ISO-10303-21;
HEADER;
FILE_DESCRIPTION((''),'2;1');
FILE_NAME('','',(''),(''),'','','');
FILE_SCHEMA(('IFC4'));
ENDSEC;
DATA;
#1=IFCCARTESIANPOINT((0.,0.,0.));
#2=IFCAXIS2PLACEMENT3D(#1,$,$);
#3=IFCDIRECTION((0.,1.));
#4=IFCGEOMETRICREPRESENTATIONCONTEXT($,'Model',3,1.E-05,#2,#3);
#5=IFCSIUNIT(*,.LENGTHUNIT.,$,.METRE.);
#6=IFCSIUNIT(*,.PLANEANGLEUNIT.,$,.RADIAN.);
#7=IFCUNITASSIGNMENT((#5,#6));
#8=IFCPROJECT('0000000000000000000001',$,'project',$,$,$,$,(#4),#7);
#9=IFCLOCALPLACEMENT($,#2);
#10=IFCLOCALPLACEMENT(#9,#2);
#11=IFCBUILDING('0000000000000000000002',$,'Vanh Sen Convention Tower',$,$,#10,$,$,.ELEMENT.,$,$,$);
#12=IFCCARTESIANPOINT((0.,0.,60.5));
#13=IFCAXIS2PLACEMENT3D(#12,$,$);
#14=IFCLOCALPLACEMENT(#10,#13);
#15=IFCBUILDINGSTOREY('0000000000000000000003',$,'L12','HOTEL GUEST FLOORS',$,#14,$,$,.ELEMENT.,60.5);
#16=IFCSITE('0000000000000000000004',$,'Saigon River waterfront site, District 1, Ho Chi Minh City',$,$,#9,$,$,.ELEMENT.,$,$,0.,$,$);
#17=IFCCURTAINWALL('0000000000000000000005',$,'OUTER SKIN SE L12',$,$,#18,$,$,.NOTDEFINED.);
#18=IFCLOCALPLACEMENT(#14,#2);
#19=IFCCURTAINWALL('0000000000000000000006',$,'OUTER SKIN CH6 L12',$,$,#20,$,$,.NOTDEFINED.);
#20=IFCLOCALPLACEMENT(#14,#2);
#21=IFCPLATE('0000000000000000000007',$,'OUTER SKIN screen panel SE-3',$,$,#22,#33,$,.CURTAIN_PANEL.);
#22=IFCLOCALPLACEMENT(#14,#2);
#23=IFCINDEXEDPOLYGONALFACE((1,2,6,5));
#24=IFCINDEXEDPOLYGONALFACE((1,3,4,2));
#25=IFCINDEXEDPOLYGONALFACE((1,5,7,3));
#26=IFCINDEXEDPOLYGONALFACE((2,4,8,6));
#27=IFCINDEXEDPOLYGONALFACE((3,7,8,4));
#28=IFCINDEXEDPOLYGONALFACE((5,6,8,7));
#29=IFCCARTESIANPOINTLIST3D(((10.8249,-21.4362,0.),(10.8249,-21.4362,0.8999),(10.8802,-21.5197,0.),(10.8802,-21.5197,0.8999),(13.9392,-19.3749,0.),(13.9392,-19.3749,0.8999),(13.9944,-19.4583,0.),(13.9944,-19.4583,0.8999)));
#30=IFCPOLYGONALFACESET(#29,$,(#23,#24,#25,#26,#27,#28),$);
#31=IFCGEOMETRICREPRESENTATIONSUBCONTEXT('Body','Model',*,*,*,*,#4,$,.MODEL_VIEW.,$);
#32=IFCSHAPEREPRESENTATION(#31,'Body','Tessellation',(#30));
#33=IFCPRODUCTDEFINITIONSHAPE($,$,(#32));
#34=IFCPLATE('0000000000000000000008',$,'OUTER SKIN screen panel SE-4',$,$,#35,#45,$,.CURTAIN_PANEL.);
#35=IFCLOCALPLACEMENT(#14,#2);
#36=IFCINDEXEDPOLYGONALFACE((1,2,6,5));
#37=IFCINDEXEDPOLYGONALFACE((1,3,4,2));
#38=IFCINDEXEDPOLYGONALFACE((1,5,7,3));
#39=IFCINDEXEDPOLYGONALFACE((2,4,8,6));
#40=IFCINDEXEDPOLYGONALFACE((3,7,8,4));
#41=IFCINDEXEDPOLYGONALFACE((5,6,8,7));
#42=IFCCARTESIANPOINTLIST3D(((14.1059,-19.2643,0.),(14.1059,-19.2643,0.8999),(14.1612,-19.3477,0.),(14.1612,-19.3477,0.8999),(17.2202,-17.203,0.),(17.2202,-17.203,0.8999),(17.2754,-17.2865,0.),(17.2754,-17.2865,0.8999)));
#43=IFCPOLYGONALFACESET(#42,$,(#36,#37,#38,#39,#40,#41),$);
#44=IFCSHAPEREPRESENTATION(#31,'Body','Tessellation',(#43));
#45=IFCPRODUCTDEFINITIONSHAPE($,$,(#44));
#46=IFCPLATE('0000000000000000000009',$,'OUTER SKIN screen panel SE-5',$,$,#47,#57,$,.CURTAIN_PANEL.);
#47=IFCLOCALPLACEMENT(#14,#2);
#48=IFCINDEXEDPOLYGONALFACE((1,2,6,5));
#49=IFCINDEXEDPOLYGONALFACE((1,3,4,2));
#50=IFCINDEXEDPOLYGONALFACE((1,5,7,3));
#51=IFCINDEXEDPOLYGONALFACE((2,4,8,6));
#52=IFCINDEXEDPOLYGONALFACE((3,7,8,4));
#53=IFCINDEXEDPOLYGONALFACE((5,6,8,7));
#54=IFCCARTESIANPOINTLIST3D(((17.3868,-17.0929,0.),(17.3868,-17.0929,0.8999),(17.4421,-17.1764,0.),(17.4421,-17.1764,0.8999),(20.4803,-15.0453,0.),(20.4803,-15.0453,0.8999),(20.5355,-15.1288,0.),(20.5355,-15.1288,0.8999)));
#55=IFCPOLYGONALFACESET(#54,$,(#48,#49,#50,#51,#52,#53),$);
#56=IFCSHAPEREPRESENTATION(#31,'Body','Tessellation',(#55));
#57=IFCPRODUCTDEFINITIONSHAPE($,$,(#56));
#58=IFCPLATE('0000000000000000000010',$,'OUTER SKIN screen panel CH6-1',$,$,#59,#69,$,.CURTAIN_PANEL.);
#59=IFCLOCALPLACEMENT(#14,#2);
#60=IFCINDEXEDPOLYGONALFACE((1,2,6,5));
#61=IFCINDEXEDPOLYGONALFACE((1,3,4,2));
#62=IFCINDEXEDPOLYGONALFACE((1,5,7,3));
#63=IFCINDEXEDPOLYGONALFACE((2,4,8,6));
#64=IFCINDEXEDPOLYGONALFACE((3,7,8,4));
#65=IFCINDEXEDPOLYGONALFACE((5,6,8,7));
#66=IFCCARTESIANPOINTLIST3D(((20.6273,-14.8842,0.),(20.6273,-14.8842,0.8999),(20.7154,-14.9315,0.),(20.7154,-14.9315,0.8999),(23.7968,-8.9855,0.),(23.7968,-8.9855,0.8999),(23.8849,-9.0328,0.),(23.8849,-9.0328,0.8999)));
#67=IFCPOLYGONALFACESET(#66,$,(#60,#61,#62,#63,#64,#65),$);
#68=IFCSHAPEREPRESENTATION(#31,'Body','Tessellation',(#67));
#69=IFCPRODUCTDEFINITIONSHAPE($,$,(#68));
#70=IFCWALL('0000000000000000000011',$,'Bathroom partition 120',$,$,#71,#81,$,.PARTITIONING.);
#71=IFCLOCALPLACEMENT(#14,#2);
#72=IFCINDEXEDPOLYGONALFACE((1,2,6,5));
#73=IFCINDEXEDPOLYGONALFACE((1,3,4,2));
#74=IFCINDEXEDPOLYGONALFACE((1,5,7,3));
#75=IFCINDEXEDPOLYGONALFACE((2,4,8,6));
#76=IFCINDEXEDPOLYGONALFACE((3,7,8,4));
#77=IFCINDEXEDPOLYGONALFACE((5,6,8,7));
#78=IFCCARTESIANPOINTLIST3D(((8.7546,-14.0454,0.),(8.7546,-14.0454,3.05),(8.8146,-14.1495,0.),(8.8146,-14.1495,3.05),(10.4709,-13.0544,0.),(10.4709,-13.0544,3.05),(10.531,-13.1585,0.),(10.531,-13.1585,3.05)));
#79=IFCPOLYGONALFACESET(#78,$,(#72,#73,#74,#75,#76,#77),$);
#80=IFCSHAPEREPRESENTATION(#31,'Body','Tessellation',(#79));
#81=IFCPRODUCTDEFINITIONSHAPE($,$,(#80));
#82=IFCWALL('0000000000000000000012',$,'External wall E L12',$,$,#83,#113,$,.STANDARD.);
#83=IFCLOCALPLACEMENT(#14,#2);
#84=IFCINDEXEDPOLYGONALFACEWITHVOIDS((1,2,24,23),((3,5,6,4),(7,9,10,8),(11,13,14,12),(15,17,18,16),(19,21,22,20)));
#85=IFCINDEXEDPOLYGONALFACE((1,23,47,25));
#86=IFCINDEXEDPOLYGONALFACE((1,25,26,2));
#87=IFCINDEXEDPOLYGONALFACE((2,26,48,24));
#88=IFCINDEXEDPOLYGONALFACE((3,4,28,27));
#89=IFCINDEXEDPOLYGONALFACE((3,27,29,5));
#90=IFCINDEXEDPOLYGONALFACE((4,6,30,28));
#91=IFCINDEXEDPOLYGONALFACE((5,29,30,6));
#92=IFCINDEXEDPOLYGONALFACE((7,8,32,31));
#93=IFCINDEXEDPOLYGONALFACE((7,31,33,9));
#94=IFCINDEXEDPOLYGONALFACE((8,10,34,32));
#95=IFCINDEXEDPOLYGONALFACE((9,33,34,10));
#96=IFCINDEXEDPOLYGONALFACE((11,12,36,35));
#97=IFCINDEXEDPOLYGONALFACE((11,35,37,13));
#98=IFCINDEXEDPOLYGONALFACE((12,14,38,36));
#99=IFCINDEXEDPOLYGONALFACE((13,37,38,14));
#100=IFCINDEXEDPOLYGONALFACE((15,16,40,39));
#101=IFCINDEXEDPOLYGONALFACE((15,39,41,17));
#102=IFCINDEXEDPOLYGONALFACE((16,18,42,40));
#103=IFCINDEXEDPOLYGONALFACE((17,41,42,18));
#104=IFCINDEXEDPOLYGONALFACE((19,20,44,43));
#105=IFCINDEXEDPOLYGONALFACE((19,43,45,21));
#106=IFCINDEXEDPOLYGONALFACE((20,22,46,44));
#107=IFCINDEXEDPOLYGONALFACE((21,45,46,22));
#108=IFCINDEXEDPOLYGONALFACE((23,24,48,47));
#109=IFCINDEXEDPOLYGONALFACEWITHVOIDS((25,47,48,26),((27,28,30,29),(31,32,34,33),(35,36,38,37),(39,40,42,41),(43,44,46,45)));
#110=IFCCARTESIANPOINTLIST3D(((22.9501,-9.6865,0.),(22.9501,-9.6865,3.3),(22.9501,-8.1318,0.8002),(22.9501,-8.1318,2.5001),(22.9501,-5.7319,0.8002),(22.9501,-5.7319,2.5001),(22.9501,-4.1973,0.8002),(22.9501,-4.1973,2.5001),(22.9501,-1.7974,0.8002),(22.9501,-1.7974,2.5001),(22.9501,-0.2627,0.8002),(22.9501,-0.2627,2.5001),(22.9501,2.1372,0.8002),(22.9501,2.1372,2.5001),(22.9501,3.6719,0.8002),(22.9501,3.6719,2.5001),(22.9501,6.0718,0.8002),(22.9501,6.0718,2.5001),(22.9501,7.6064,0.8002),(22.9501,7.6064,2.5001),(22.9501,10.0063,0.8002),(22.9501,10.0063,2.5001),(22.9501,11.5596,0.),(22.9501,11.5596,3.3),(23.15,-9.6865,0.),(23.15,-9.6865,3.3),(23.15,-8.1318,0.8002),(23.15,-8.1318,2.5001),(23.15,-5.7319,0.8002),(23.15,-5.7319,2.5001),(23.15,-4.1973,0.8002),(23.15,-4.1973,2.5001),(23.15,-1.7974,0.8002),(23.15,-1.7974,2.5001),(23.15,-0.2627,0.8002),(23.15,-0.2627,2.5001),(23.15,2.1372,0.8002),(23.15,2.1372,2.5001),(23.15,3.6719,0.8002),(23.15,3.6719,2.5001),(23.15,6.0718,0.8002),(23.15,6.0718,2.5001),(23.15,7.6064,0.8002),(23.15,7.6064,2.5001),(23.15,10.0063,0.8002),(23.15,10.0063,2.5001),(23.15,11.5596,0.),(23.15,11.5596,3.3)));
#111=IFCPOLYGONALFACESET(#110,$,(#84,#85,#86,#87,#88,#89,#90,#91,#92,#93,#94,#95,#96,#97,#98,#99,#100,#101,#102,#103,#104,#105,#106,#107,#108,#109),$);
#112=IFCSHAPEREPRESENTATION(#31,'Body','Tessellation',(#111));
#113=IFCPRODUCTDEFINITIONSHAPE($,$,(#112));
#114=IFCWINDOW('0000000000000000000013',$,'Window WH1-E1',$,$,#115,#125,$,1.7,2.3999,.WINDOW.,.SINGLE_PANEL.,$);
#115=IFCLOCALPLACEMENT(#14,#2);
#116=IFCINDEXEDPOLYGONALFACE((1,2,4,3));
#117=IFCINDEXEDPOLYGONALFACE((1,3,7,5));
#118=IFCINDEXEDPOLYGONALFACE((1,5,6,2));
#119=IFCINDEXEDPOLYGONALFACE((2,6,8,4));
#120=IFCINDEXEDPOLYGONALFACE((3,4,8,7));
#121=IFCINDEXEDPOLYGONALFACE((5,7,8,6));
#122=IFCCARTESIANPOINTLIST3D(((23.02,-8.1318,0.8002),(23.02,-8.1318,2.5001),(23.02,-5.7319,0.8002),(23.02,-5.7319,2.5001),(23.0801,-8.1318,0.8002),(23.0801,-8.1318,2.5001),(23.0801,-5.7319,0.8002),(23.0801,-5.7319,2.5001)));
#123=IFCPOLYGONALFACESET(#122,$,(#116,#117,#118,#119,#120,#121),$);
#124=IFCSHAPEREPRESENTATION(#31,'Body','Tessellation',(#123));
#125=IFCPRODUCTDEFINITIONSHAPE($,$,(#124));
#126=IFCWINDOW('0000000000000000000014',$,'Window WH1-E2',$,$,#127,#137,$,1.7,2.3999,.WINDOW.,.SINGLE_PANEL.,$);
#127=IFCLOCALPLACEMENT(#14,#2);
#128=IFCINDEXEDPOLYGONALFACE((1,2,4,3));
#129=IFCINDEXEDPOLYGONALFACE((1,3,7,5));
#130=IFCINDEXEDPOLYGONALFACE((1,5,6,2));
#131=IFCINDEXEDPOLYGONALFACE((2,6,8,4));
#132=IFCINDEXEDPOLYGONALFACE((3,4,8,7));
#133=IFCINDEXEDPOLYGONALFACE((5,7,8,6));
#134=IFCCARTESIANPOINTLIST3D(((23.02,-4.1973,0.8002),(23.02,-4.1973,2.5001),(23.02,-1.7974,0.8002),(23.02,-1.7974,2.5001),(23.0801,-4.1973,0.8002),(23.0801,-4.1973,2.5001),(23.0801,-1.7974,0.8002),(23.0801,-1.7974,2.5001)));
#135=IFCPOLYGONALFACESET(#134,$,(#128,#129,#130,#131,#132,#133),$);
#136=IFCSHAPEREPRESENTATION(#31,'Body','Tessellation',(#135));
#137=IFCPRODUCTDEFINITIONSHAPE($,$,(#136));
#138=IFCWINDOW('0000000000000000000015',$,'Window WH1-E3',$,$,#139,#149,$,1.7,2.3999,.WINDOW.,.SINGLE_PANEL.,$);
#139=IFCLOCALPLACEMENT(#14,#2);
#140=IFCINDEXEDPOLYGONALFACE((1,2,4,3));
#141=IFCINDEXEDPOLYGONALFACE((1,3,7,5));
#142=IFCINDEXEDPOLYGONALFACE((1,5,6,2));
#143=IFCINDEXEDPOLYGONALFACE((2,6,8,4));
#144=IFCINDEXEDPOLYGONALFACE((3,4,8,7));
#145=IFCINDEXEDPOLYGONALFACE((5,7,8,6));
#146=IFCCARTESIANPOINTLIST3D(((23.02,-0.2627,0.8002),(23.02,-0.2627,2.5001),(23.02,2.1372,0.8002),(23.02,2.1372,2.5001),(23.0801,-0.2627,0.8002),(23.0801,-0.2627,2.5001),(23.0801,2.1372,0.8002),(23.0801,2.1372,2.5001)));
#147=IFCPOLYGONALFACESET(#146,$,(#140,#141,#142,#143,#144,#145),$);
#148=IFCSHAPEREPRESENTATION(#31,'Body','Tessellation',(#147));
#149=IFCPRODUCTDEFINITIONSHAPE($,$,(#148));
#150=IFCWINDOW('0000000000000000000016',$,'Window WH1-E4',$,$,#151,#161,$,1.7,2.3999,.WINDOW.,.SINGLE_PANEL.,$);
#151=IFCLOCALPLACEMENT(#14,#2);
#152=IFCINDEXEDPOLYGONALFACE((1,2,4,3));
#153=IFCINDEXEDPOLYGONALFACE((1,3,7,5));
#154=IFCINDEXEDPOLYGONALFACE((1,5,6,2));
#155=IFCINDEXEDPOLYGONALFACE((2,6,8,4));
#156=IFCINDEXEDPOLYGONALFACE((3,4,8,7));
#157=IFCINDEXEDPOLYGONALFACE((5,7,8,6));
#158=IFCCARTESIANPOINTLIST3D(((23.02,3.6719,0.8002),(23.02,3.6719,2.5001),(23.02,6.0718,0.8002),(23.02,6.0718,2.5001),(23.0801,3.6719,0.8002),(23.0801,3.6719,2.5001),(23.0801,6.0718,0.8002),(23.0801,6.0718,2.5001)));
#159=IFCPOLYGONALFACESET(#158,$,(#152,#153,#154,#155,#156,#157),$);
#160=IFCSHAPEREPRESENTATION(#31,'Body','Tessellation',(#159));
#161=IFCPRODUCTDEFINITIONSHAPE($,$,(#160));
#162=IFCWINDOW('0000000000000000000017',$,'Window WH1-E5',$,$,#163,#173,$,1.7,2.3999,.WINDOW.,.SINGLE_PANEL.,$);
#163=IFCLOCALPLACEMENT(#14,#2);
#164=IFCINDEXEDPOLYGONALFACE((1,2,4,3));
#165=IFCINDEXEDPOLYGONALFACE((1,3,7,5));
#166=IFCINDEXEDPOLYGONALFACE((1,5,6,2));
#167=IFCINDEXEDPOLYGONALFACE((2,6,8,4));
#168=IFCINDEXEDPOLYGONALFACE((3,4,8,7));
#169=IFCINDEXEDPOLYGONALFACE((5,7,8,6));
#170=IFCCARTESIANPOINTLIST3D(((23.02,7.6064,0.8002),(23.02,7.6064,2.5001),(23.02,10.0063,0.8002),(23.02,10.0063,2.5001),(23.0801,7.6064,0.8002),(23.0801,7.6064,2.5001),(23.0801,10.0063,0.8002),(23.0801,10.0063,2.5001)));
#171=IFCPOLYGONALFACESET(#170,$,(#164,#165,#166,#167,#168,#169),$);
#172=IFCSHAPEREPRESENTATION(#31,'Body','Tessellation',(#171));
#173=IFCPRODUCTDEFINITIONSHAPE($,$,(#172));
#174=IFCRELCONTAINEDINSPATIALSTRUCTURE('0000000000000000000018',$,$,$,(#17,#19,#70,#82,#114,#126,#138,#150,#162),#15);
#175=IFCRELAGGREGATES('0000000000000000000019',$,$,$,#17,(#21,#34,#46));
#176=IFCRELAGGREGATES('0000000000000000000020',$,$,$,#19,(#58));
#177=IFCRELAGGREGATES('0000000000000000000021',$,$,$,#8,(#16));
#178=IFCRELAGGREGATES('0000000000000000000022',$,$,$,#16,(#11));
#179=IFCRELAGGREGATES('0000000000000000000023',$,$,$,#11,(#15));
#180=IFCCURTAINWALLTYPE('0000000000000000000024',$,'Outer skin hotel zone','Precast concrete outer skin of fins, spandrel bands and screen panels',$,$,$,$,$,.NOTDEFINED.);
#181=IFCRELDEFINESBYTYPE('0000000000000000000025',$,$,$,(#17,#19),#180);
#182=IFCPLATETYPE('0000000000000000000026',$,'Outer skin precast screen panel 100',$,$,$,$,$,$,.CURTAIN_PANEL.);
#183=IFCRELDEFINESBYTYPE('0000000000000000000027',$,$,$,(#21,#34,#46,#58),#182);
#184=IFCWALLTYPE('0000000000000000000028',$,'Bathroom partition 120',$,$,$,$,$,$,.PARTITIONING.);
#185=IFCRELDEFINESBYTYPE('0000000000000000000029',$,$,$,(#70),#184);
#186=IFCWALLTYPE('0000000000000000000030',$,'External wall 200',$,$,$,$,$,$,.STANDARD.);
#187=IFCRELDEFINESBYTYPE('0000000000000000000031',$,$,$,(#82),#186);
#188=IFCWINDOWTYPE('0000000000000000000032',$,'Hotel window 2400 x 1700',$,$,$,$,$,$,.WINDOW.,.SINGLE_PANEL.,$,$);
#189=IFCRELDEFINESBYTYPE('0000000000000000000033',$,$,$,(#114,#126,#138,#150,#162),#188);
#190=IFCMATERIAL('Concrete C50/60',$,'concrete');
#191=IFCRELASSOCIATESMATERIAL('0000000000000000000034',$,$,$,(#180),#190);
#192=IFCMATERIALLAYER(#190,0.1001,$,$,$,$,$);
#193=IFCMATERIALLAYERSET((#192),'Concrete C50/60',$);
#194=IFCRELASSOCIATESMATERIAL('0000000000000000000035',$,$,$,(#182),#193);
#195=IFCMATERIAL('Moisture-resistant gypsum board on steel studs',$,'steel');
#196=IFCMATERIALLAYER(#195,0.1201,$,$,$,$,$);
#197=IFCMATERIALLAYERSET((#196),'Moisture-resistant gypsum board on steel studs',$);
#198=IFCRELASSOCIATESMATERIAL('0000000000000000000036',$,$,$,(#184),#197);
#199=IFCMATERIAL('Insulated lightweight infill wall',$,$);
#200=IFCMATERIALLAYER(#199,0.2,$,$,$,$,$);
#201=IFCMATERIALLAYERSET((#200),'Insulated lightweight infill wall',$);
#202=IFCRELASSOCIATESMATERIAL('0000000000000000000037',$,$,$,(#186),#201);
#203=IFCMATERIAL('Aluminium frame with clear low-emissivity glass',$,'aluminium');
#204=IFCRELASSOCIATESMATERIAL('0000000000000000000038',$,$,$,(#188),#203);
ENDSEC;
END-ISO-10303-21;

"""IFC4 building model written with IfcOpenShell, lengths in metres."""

from ifc_helpers import new_model, si_unit, direction, frame, frame_2d, origin, origin_2d, place, context, subcontext, project, spatial, rectangle, extrude, material, layer, layer_set, type_object, element, fill, aggregate, save


model = new_model("IFC4")

# Units and contexts
model_context = context("Model", 3, precision=1e-05, world=origin(), true_north=direction((0.0, 1.0)))
body_context = subcontext(model_context, "Body", "Model", "MODEL_VIEW")
ifc_project = project(units=[si_unit("LENGTHUNIT", "METRE"), si_unit("PLANEANGLEUNIT", "RADIAN")], contexts=[model_context])

# Site, building, storey
site_placement = place(None, origin())
site = spatial("IfcSite", under=ifc_project, at=site_placement, Name="Saigon River waterfront site, District 1, Ho Chi Minh City", CompositionType="ELEMENT", RefElevation=0.0)
building_placement = place(site_placement, origin())
building = spatial("IfcBuilding", under=site, at=building_placement, Name="Vanh Sen Convention Tower", CompositionType="ELEMENT")
storey_placement = place(building_placement, frame((0.0, 0.0, 60.5)))
storey = spatial("IfcBuildingStorey", under=building, at=storey_placement, Name="L12", Description="HOTEL GUEST FLOORS", CompositionType="ELEMENT", Elevation=60.5)

# Curtain wall
ifc_material_1 = material(Name="Concrete C50/60", Category="concrete")
curtain_wall_type = type_object("IfcCurtainWallType", Name="Outer skin hotel zone", Description="Precast concrete outer skin of fins, spandrel bands and screen panels", PredefinedType="NOTDEFINED", material=ifc_material_1)
curtain_wall_1_placement = place(storey_placement, origin())
curtain_wall_1 = element("IfcCurtainWall", 1, at=curtain_wall_1_placement, inside=storey, type_object=curtain_wall_type, Name="OUTER SKIN SE L12", PredefinedType="NOTDEFINED")

# Curtain wall
curtain_wall_2_placement = place(storey_placement, origin())
curtain_wall_2 = element("IfcCurtainWall", 2, at=curtain_wall_2_placement, inside=storey, type_object=curtain_wall_type, Name="OUTER SKIN CH6 L12", PredefinedType="NOTDEFINED")

# Plates
ifc_layer_1 = layer(ifc_material_1, 0.1001)
ifc_layer_set_1 = layer_set([ifc_layer_1], Name="Concrete C50/60")
plate_type = type_object("IfcPlateType", Name="Outer skin precast screen panel 100", PredefinedType="CURTAIN_PANEL", material=ifc_layer_set_1)
plate_1_placement = place(storey_placement, frame((12.4097, -20.4473, 0.0), z_axis=(0.0, 0.0, 1.0), x_axis=(0.83388, 0.551946, 0.0)))
plate_1 = element("IfcPlate", 3, at=plate_1_placement, type_object=plate_type, Name="OUTER SKIN screen panel SE-3", PredefinedType="CURTAIN_PANEL", context=body_context, shape_type="SweptSolid", body=[
    extrude(rectangle(XDim=3.7346, YDim=0.1001, at=origin_2d()), origin(), (0.0, 0.0, 1.0), 0.8999),
])
plate_2_placement = place(storey_placement, frame((15.6907, -18.2754, 0.0), z_axis=(0.0, 0.0, 1.0), x_axis=(0.833892, 0.551928, 0.0)))
plate_2 = element("IfcPlate", 4, at=plate_2_placement, type_object=plate_type, Name="OUTER SKIN screen panel SE-4", PredefinedType="CURTAIN_PANEL", context=body_context, shape_type="SweptSolid", body=[
    extrude(rectangle(XDim=3.7346, YDim=0.1001, at=origin_2d()), origin(), (0.0, 0.0, 1.0), 0.8999),
])
plate_3_placement = place(storey_placement, frame((18.9612, -16.1108, 0.0), z_axis=(0.0, 0.0, 1.0), x_axis=(0.83388, 0.551946, 0.0)))
plate_3 = element("IfcPlate", 5, at=plate_3_placement, type_object=plate_type, Name="OUTER SKIN screen panel SE-5", PredefinedType="CURTAIN_PANEL", context=body_context, shape_type="SweptSolid", body=[
    extrude(rectangle(XDim=3.7097, YDim=0.1001, at=origin_2d()), origin(), (0.0, 0.0, 1.0), 0.8999),
])
aggregate(curtain_wall_1, [plate_1, plate_2, plate_3])
plate_4_placement = place(storey_placement, frame((22.2561, -11.9585, 0.0), z_axis=(0.0, 0.0, 1.0), x_axis=(0.473323, 0.880889, 0.0)))
plate_4 = element("IfcPlate", 6, at=plate_4_placement, type_object=plate_type, Name="OUTER SKIN screen panel CH6-1", PredefinedType="CURTAIN_PANEL", context=body_context, shape_type="SweptSolid", body=[
    extrude(rectangle(XDim=6.6963, YDim=0.1001, at=origin_2d()), origin(), (0.0, 0.0, 1.0), 0.8999),
])
aggregate(curtain_wall_2, [plate_4])

# Wall
ifc_material_2 = material(Name="Moisture-resistant gypsum board on steel studs", Category="steel")
ifc_layer_2 = layer(ifc_material_2, 0.1201)
ifc_layer_set_2 = layer_set([ifc_layer_2], Name="Moisture-resistant gypsum board on steel studs")
wall_type_1 = type_object("IfcWallType", Name="Bathroom partition 120", PredefinedType="PARTITIONING", material=ifc_layer_set_2)
wall_1_placement = place(storey_placement, frame((10.501, -13.1064, 0.0), z_axis=(0.0, 0.0, 1.0), x_axis=(-0.866013, -0.500021, 0.0)))
element("IfcWall", 7, at=wall_1_placement, inside=storey, type_object=wall_type_1, Name="Bathroom partition 120", PredefinedType="PARTITIONING", context=body_context, shape_type="SweptSolid", body=[
    extrude(rectangle(XDim=1.9819, YDim=0.1201, at=frame_2d((0.991, 0.0))), origin(), (0.0, 0.0, 1.0), 3.05),
])

# Wall, openings, windows
ifc_material_3 = material(Name="Insulated lightweight infill wall")
ifc_layer_3 = layer(ifc_material_3, 0.2)
ifc_layer_set_3 = layer_set([ifc_layer_3], Name="Insulated lightweight infill wall")
wall_type_2 = type_object("IfcWallType", Name="External wall 200", PredefinedType="STANDARD", material=ifc_layer_set_3)
wall_2_placement = place(storey_placement, frame((23.05, -9.6865, 0.0), z_axis=(0.0, 0.0, 1.0), x_axis=(0.0, 1.0, 0.0)))
wall_2 = element("IfcWall", 8, at=wall_2_placement, inside=storey, type_object=wall_type_2, Name="External wall E L12", PredefinedType="STANDARD", context=body_context, shape_type="SweptSolid", body=[
    extrude(rectangle(XDim=21.2461, YDim=0.2, at=frame_2d((10.623, 0.0))), origin(), (0.0, 0.0, 1.0), 3.3),
])
opening_1_placement = place(wall_2_placement, frame((1.5547, 0.0, 0.8)))
opening_1 = element("IfcOpeningElement", 9, at=opening_1_placement, cuts=wall_2, PredefinedType="OPENING", context=body_context, shape_type="SweptSolid", body=[
    extrude(rectangle(XDim=2.3999, YDim=1.7, at=frame_2d((1.2, 0.8501))), frame((0.0, 0.1099, 0.0), z_axis=(0.0, -1.0, 0.0), x_axis=(1.0, 0.0, 0.0)), (0.0, 0.0, 1.0), 0.22),
])
opening_2_placement = place(wall_2_placement, frame((5.4893, 0.0, 0.8)))
opening_2 = element("IfcOpeningElement", 10, at=opening_2_placement, cuts=wall_2, PredefinedType="OPENING", context=body_context, shape_type="SweptSolid", body=[
    extrude(rectangle(XDim=2.3999, YDim=1.7, at=frame_2d((1.2, 0.8501))), frame((0.0, 0.1099, 0.0), z_axis=(0.0, -1.0, 0.0), x_axis=(1.0, 0.0, 0.0)), (0.0, 0.0, 1.0), 0.22),
])
opening_3_placement = place(wall_2_placement, frame((9.4238, 0.0, 0.8)))
opening_3 = element("IfcOpeningElement", 11, at=opening_3_placement, cuts=wall_2, PredefinedType="OPENING", context=body_context, shape_type="SweptSolid", body=[
    extrude(rectangle(XDim=2.3999, YDim=1.7, at=frame_2d((1.2, 0.8501))), frame((0.0, 0.1099, 0.0), z_axis=(0.0, -1.0, 0.0), x_axis=(1.0, 0.0, 0.0)), (0.0, 0.0, 1.0), 0.22),
])
opening_4_placement = place(wall_2_placement, frame((13.3584, 0.0, 0.8)))
opening_4 = element("IfcOpeningElement", 12, at=opening_4_placement, cuts=wall_2, PredefinedType="OPENING", context=body_context, shape_type="SweptSolid", body=[
    extrude(rectangle(XDim=2.3999, YDim=1.7, at=frame_2d((1.2, 0.8501))), frame((0.0, 0.1099, 0.0), z_axis=(0.0, -1.0, 0.0), x_axis=(1.0, 0.0, 0.0)), (0.0, 0.0, 1.0), 0.22),
])
opening_5_placement = place(wall_2_placement, frame((17.293, 0.0, 0.8)))
opening_5 = element("IfcOpeningElement", 13, at=opening_5_placement, cuts=wall_2, PredefinedType="OPENING", context=body_context, shape_type="SweptSolid", body=[
    extrude(rectangle(XDim=2.3999, YDim=1.7, at=frame_2d((1.2, 0.8501))), frame((0.0, 0.1099, 0.0), z_axis=(0.0, -1.0, 0.0), x_axis=(1.0, 0.0, 0.0)), (0.0, 0.0, 1.0), 0.22),
])
ifc_material_4 = material(Name="Aluminium frame with clear low-emissivity glass", Category="aluminium")
window_type_1 = type_object("IfcWindowType", Name="Hotel window 2400 x 1700", PartitioningType="SINGLE_PANEL", PredefinedType="WINDOW", material=ifc_material_4)
window_1_placement = place(opening_1_placement, origin())
window_1 = element("IfcWindow", 14, at=window_1_placement, inside=storey, type_object=window_type_1, Name="Window WH1-E1", OverallHeight=1.7, OverallWidth=2.3999, PartitioningType="SINGLE_PANEL", PredefinedType="WINDOW", context=body_context, shape_type="SweptSolid", body=[
    extrude(rectangle(XDim=2.3999, YDim=1.7, at=frame_2d((1.2, 0.8501))), frame((0.0, 0.03, 0.0), z_axis=(0.0, -1.0, 0.0), x_axis=(1.0, 0.0, 0.0)), (0.0, 0.0, 1.0), 0.0601),
])
fill(opening_1, window_1)
window_2_placement = place(opening_2_placement, origin())
window_2 = element("IfcWindow", 15, at=window_2_placement, inside=storey, type_object=window_type_1, Name="Window WH1-E2", OverallHeight=1.7, OverallWidth=2.3999, PartitioningType="SINGLE_PANEL", PredefinedType="WINDOW", context=body_context, shape_type="SweptSolid", body=[
    extrude(rectangle(XDim=2.3999, YDim=1.7, at=frame_2d((1.2, 0.8501))), frame((0.0, 0.03, 0.0), z_axis=(0.0, -1.0, 0.0), x_axis=(1.0, 0.0, 0.0)), (0.0, 0.0, 1.0), 0.0601),
])
fill(opening_2, window_2)
window_3_placement = place(opening_3_placement, origin())
window_3 = element("IfcWindow", 16, at=window_3_placement, inside=storey, type_object=window_type_1, Name="Window WH1-E3", OverallHeight=1.7, OverallWidth=2.3999, PartitioningType="SINGLE_PANEL", PredefinedType="WINDOW", context=body_context, shape_type="SweptSolid", body=[
    extrude(rectangle(XDim=2.3999, YDim=1.7, at=frame_2d((1.2, 0.8501))), frame((0.0, 0.03, 0.0), z_axis=(0.0, -1.0, 0.0), x_axis=(1.0, 0.0, 0.0)), (0.0, 0.0, 1.0), 0.0601),
])
fill(opening_3, window_3)
window_4_placement = place(opening_4_placement, origin())
window_4 = element("IfcWindow", 17, at=window_4_placement, inside=storey, type_object=window_type_1, Name="Window WH1-E4", OverallHeight=1.7, OverallWidth=2.3999, PartitioningType="SINGLE_PANEL", PredefinedType="WINDOW", context=body_context, shape_type="SweptSolid", body=[
    extrude(rectangle(XDim=2.3999, YDim=1.7, at=frame_2d((1.2, 0.8501))), frame((0.0, 0.03, 0.0), z_axis=(0.0, -1.0, 0.0), x_axis=(1.0, 0.0, 0.0)), (0.0, 0.0, 1.0), 0.0601),
])
fill(opening_4, window_4)
window_5_placement = place(opening_5_placement, origin())
window_5 = element("IfcWindow", 18, at=window_5_placement, inside=storey, type_object=window_type_1, Name="Window WH1-E5", OverallHeight=1.7, OverallWidth=2.3999, PartitioningType="SINGLE_PANEL", PredefinedType="WINDOW", context=body_context, shape_type="SweptSolid", body=[
    extrude(rectangle(XDim=2.3999, YDim=1.7, at=frame_2d((1.2, 0.8501))), frame((0.0, 0.03, 0.0), z_axis=(0.0, -1.0, 0.0), x_axis=(1.0, 0.0, 0.0)), (0.0, 0.0, 1.0), 0.0601),
])
fill(opening_5, window_5)

save(model, "model.ifc")
